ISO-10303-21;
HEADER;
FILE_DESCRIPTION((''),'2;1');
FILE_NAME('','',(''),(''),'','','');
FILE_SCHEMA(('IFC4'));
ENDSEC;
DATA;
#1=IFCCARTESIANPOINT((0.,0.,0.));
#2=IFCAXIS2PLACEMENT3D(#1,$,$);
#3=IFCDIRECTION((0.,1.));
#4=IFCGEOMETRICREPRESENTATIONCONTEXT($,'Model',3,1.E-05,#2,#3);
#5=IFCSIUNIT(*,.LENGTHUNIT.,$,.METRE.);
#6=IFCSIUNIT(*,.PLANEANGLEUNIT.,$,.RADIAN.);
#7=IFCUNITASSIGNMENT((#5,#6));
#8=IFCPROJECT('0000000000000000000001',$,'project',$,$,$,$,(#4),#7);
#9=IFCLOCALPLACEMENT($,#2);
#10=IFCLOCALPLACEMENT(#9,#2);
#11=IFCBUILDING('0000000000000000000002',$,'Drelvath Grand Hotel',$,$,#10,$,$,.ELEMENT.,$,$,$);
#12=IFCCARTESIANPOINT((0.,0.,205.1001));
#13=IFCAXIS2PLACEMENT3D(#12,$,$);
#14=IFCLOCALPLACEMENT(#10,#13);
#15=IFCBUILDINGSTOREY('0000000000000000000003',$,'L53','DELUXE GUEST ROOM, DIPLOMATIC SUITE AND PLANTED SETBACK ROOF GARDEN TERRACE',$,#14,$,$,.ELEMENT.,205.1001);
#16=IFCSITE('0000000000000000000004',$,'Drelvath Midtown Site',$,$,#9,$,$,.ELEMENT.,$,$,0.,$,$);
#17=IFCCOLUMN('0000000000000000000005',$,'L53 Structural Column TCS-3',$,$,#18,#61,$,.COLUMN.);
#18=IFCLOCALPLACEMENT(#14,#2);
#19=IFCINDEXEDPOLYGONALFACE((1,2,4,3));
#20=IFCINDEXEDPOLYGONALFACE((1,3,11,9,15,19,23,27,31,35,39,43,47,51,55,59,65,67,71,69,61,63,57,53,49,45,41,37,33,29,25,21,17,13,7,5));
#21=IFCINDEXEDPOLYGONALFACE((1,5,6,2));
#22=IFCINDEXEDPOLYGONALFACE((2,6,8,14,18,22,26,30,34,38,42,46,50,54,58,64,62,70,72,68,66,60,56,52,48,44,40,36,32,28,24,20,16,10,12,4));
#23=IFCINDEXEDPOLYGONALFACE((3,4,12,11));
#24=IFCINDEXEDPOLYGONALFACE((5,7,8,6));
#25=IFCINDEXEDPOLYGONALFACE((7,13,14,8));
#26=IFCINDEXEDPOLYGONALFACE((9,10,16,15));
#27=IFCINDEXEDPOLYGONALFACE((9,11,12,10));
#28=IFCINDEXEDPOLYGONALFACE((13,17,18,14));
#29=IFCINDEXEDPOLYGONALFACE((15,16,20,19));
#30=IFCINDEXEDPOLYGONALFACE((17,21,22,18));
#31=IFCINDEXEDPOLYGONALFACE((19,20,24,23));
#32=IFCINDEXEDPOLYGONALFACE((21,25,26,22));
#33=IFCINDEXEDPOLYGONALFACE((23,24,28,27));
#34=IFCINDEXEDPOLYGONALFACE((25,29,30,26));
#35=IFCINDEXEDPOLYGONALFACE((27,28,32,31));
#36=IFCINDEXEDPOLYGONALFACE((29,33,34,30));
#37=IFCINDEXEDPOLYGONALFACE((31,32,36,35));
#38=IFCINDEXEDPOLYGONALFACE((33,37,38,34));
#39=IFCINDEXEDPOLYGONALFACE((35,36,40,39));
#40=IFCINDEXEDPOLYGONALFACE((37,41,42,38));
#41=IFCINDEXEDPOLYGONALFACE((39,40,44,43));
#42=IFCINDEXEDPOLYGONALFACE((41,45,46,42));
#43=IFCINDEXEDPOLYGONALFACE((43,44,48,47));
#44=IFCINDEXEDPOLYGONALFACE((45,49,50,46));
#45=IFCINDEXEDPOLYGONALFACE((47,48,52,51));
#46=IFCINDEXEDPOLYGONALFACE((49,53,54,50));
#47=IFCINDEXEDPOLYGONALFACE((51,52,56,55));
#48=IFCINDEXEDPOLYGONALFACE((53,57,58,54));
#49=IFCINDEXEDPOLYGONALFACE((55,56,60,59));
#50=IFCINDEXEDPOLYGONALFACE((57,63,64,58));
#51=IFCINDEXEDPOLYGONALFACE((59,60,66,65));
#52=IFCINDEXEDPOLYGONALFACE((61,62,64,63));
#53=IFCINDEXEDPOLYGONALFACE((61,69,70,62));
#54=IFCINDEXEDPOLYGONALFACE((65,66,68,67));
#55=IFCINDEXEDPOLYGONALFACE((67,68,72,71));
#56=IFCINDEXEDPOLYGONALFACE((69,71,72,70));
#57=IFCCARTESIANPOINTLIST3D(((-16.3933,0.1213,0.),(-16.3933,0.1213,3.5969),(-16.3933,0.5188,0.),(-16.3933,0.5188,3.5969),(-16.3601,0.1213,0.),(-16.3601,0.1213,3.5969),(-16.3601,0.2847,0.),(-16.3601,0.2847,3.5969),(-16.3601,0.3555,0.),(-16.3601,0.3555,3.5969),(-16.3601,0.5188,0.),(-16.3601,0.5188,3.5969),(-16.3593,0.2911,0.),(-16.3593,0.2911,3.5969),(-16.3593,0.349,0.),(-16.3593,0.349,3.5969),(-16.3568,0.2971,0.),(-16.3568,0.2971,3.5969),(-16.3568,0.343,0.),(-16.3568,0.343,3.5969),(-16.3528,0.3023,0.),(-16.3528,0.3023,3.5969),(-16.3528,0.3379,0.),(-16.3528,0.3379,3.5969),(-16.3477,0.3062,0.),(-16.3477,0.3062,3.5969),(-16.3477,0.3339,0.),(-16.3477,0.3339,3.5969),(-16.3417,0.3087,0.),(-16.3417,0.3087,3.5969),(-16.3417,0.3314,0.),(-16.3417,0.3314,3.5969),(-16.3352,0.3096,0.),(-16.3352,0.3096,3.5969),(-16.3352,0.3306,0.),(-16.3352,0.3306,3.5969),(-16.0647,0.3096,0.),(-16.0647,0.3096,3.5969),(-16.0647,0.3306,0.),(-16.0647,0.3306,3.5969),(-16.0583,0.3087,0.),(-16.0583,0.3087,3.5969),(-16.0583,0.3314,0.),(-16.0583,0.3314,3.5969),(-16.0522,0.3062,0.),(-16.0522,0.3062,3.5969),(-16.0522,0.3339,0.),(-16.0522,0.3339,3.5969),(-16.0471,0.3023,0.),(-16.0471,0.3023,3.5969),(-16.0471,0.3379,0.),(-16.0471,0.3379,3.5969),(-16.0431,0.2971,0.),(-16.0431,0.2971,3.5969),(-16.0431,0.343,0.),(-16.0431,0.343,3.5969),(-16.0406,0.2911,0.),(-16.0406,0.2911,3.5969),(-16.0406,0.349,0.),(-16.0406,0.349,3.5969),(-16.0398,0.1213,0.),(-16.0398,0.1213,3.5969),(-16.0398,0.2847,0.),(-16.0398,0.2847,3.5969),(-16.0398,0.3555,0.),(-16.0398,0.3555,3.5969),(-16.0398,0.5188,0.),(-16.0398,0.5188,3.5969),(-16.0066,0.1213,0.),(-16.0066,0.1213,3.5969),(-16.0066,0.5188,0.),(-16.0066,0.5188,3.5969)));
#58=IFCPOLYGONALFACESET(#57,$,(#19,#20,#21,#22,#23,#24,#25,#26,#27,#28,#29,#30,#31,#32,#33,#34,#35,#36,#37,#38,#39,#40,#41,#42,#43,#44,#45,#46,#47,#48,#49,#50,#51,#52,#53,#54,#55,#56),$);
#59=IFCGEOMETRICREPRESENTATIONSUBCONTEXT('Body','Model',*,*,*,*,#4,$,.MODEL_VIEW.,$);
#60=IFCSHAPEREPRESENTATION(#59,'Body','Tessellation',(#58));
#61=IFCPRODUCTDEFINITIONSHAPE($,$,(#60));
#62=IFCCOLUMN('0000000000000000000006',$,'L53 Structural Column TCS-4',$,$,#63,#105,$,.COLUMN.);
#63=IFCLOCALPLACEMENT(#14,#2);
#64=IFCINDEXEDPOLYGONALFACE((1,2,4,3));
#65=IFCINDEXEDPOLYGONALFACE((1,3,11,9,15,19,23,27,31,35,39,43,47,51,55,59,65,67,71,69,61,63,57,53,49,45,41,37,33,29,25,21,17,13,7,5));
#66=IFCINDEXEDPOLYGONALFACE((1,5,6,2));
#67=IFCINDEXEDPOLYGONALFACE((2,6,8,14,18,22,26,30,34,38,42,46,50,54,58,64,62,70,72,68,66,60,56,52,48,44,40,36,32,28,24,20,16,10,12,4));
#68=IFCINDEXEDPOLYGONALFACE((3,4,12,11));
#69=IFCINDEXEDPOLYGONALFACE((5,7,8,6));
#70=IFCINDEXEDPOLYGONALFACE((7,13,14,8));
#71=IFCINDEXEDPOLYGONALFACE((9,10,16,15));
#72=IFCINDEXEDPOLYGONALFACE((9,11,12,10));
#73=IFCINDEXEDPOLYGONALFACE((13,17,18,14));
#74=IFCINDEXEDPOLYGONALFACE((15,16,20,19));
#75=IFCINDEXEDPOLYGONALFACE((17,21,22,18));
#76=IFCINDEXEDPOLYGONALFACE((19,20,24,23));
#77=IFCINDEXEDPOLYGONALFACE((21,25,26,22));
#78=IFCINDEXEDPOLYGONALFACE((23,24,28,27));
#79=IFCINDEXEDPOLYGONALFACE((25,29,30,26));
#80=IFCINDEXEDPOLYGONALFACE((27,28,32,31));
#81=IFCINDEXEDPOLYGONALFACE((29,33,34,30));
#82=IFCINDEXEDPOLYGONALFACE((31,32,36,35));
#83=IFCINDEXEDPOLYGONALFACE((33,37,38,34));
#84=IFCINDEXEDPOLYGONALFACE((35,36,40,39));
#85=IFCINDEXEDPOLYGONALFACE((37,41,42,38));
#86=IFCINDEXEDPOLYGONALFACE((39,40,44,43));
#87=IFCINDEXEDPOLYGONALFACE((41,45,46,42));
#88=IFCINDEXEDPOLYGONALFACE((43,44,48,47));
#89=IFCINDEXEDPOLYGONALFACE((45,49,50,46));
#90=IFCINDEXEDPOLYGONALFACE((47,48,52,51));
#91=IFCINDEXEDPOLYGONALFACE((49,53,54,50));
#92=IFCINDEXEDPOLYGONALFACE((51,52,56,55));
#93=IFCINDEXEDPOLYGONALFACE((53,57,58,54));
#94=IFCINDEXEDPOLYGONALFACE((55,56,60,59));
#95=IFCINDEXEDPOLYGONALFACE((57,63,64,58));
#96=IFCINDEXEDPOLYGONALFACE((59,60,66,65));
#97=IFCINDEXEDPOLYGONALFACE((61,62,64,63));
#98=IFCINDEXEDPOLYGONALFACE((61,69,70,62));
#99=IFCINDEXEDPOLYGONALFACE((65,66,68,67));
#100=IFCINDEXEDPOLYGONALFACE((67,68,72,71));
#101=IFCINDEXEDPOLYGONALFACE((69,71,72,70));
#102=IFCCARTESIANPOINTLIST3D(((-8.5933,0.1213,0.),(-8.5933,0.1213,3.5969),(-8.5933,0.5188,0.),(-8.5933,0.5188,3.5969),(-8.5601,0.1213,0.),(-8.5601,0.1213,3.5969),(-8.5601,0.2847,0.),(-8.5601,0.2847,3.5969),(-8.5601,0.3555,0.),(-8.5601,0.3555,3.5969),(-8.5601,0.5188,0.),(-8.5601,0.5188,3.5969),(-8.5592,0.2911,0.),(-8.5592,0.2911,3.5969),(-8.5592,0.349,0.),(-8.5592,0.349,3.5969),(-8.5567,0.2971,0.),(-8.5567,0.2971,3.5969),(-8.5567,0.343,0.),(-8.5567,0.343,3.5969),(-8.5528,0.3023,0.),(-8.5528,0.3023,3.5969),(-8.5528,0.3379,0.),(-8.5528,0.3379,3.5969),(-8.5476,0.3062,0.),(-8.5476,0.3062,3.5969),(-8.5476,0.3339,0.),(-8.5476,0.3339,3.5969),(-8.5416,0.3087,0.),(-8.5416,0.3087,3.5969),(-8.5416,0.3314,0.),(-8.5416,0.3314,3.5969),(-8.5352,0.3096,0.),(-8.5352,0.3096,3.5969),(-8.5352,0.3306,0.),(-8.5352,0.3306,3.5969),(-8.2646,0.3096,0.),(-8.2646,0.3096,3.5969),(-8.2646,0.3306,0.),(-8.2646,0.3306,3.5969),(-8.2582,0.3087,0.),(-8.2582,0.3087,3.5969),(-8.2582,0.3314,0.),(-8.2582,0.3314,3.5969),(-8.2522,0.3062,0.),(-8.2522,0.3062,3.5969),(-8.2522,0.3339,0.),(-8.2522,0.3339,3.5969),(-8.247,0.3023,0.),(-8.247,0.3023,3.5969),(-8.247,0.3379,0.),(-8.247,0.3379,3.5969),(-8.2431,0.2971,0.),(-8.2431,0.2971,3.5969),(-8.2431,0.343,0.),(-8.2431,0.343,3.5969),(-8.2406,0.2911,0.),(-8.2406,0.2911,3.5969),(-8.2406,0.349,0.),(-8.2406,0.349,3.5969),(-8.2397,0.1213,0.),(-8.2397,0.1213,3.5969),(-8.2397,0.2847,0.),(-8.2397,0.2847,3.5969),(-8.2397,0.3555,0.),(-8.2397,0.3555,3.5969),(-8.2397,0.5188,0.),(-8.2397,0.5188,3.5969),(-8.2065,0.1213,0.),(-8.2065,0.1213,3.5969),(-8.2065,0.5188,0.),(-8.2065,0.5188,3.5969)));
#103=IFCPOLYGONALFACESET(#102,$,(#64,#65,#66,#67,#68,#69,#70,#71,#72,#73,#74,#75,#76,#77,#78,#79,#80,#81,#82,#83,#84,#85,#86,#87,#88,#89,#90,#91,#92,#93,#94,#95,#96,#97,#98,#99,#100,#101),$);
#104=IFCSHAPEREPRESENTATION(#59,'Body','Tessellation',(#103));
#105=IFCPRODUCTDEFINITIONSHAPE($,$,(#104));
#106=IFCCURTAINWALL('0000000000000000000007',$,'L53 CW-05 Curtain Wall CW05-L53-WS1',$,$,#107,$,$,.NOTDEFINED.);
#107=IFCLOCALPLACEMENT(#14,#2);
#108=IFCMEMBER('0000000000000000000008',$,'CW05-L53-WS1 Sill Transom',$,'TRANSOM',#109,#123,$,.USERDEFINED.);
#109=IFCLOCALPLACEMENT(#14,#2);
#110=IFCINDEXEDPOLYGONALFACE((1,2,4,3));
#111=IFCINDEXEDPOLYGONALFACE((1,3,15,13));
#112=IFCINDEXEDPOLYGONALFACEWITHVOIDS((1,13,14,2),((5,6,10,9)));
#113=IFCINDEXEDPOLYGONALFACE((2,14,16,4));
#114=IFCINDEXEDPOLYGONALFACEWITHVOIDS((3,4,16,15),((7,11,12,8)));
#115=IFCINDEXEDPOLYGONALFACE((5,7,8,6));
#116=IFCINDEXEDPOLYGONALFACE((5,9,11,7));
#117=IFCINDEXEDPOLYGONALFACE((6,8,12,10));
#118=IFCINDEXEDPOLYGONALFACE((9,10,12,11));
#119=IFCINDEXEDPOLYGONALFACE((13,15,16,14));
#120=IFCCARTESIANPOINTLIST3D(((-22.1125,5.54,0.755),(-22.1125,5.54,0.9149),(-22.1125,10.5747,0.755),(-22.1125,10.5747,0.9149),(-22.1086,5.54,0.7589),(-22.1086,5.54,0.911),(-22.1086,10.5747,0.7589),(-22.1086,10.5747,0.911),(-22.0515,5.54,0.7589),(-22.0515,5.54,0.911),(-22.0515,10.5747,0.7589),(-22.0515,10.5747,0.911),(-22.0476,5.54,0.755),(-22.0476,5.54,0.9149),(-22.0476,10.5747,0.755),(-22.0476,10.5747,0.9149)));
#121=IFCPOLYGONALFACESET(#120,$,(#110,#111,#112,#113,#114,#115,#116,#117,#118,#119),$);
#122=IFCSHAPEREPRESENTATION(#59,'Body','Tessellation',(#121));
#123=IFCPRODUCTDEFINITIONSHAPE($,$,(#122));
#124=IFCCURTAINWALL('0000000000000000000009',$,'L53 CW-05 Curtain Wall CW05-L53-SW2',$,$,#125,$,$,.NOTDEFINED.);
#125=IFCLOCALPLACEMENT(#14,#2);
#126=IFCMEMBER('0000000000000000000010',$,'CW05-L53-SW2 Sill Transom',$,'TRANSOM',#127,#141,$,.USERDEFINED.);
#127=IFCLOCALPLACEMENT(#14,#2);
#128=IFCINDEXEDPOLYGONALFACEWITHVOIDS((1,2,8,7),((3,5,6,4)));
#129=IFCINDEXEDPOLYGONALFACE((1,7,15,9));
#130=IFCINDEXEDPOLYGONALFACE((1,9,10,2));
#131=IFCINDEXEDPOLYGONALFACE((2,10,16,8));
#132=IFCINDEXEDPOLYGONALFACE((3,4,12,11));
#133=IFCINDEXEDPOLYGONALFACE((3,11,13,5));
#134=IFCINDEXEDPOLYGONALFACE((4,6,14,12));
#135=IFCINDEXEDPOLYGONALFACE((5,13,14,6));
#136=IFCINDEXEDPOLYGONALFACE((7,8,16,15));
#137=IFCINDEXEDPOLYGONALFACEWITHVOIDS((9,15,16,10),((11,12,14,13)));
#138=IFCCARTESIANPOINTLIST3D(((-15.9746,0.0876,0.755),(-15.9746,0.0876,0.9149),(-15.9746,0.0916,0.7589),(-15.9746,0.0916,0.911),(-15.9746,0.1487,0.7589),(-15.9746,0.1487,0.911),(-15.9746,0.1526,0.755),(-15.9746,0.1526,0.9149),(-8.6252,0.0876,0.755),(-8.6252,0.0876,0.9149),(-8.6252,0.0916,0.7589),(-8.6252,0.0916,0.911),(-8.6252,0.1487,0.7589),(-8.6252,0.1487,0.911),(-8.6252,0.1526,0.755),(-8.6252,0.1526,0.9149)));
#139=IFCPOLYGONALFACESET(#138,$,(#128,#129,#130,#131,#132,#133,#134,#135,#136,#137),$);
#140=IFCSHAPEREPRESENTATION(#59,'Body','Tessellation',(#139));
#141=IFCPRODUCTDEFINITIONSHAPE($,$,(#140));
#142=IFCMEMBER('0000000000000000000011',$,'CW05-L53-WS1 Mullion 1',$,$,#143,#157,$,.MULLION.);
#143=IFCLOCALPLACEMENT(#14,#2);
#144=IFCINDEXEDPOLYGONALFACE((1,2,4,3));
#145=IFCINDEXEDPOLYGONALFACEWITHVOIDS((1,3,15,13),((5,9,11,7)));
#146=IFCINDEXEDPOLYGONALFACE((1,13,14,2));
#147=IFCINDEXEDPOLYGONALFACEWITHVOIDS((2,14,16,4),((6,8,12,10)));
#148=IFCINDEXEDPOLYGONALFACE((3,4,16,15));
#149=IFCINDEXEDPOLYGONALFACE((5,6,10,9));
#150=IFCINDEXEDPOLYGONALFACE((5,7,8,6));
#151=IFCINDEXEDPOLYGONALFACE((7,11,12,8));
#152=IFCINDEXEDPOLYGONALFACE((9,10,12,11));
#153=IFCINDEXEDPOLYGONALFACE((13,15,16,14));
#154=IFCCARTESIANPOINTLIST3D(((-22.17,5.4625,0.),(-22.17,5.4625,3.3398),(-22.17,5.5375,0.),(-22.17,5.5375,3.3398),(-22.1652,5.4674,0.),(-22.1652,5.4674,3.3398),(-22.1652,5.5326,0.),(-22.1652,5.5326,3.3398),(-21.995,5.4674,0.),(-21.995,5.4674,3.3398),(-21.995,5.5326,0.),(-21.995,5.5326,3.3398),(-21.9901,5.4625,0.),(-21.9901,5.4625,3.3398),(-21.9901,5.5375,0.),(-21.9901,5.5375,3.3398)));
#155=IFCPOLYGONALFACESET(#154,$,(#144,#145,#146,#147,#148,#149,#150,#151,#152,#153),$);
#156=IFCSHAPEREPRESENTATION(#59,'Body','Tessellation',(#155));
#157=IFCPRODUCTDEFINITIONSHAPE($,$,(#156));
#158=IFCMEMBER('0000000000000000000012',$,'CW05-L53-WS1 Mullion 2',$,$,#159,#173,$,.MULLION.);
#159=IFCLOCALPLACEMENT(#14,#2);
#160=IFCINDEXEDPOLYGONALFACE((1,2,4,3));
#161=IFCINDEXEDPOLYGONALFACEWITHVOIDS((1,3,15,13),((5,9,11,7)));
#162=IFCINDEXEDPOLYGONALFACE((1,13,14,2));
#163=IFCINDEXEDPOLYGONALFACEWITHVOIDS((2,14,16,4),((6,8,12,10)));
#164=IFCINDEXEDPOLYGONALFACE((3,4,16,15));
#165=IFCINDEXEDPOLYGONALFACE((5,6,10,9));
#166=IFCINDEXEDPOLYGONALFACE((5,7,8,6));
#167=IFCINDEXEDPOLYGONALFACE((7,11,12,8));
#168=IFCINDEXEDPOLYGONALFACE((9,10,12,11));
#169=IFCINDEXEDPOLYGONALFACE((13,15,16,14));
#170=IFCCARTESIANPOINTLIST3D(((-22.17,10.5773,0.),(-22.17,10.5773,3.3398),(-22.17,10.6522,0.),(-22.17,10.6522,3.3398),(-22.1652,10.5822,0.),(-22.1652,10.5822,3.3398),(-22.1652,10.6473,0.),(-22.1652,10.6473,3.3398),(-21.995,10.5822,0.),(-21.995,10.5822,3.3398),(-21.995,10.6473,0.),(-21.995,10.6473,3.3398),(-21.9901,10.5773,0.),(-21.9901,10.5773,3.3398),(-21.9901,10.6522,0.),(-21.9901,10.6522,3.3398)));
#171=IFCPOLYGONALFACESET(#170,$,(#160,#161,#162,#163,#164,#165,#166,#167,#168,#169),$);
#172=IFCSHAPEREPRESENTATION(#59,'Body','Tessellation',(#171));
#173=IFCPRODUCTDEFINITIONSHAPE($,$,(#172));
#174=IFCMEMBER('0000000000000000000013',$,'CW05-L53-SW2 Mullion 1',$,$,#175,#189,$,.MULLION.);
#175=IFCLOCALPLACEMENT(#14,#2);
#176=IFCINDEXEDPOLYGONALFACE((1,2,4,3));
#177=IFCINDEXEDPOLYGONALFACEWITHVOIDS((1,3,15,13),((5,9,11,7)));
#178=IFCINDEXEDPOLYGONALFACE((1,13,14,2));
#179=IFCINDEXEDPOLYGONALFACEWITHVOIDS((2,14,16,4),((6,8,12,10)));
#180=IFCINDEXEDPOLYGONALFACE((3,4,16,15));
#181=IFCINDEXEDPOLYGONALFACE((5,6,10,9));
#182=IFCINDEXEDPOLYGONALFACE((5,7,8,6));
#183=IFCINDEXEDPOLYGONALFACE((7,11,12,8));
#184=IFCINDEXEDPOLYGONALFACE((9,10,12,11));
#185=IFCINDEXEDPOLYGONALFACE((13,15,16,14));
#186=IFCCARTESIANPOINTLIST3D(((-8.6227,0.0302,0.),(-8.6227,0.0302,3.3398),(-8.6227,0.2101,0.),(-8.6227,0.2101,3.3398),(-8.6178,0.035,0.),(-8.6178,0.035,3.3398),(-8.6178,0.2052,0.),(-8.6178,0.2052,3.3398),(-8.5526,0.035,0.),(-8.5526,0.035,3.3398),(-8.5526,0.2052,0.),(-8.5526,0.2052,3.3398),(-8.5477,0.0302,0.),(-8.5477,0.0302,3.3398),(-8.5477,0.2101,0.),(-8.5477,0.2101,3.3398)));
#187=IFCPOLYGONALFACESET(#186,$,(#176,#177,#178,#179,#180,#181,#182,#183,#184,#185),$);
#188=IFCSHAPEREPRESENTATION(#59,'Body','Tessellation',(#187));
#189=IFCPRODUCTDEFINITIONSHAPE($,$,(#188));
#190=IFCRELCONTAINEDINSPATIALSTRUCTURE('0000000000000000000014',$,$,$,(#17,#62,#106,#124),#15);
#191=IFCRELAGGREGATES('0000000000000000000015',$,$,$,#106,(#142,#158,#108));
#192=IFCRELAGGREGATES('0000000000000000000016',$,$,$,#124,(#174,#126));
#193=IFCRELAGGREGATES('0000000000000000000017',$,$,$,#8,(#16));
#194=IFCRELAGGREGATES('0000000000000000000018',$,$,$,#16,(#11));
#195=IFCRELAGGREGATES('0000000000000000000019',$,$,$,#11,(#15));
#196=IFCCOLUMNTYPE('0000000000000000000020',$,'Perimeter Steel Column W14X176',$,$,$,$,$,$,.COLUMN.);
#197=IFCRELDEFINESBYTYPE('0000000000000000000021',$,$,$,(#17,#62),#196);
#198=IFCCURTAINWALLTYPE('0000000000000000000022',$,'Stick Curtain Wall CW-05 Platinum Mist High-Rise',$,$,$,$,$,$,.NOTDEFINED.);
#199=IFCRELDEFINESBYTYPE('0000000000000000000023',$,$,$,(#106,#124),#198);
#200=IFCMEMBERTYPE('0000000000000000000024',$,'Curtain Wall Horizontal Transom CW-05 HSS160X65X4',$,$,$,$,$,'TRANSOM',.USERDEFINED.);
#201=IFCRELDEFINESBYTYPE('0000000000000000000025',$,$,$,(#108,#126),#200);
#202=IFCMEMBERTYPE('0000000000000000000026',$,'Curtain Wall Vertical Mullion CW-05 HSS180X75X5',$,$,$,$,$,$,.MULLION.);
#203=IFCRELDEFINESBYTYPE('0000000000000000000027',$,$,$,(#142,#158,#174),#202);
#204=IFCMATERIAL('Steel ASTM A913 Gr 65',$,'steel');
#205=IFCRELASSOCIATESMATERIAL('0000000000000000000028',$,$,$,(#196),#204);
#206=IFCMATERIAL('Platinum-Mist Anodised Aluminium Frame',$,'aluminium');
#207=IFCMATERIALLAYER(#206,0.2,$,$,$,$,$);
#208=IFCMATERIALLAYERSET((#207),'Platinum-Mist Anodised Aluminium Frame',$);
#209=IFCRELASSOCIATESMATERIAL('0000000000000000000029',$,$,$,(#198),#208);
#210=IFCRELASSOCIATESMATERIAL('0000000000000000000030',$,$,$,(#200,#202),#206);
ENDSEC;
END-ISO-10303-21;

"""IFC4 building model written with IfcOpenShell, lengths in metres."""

from ifc_helpers import new_model, si_unit, direction, frame, origin, origin_2d, place, context, subcontext, project, spatial, hollow_rectangle, i_section, extrude, material, layer, layer_set, material_profile, profile_set, type_object, element, aggregate, save


model = new_model("IFC4")

# Units and contexts
model_context = context("Model", 3, precision=1e-05, world=origin(), true_north=direction((0.0, 1.0)))
body_context = subcontext(model_context, "Body", "Model", "MODEL_VIEW")
ifc_project = project(units=[si_unit("LENGTHUNIT", "METRE"), si_unit("PLANEANGLEUNIT", "RADIAN")], contexts=[model_context])

# Site, building, storey
site_placement = place(None, origin())
site = spatial("IfcSite", under=ifc_project, at=site_placement, Name="Drelvath Midtown Site", CompositionType="ELEMENT", RefElevation=0.0)
building_placement = place(site_placement, origin())
building = spatial("IfcBuilding", under=site, at=building_placement, Name="Drelvath Grand Hotel", CompositionType="ELEMENT")
storey_placement = place(building_placement, frame((0.0, 0.0, 205.1001)))
storey = spatial("IfcBuildingStorey", under=building, at=storey_placement, Name="L53", Description="DELUXE GUEST ROOM, DIPLOMATIC SUITE AND PLANTED SETBACK ROOF GARDEN TERRACE", CompositionType="ELEMENT", Elevation=205.1001)

# Columns
ifc_material_1 = material(Name="Steel ASTM A913 Gr 65", Category="steel")
ifc_material_profile_1 = material_profile(ifc_material_1, i_section(OverallWidth=0.3975, OverallDepth=0.3867, WebThickness=0.021, FlangeThickness=0.0332, FilletRadius=0.0249, at=origin_2d()), Name="W14X176")
ifc_profile_set_1 = profile_set([ifc_material_profile_1], Name="Steel ASTM A913 Gr 65")
column_type = type_object("IfcColumnType", Name="Perimeter Steel Column W14X176", PredefinedType="COLUMN", material=ifc_profile_set_1)
for number, where, z_axis, x_axis, name in (
    (1, (-16.2, 0.3201, 0.0), (0.0, 0.0, 1.0), (0.0, 1.0, 0.0), "L53 Structural Column TCS-3"),
    (2, (-8.3999, 0.3201, 0.0), (0.0, 0.0, 1.0), (0.0, 1.0, 0.0), "L53 Structural Column TCS-4"),
):
    element("IfcColumn", number, at=place(storey_placement, frame(where, z_axis=z_axis, x_axis=x_axis)), inside=storey, type_object=column_type, Name=name, PredefinedType="COLUMN", context=body_context, shape_type="SweptSolid", body=[
        extrude(i_section(OverallWidth=0.3975, OverallDepth=0.3867, WebThickness=0.021, FlangeThickness=0.0332, FilletRadius=0.0249, at=origin_2d()), origin(), (0.0, 0.0, 1.0), 3.5969),
    ])

# Curtain walls, members
ifc_material_2 = material(Name="Platinum-Mist Anodised Aluminium Frame", Category="aluminium")
ifc_layer_1 = layer(ifc_material_2, 0.2)
ifc_layer_set_1 = layer_set([ifc_layer_1], Name="Platinum-Mist Anodised Aluminium Frame")
curtain_wall_type = type_object("IfcCurtainWallType", Name="Stick Curtain Wall CW-05 Platinum Mist High-Rise", PredefinedType="NOTDEFINED", material=ifc_layer_set_1)
curtain_wall_1_placement = place(storey_placement, origin())
curtain_wall_1 = element("IfcCurtainWall", 3, at=curtain_wall_1_placement, inside=storey, type_object=curtain_wall_type, Name="L53 CW-05 Curtain Wall CW05-L53-WS1", PredefinedType="NOTDEFINED")
ifc_material_profile_2 = material_profile(ifc_material_2, hollow_rectangle(XDim=0.0649, YDim=0.1599, WallThickness=0.0039, at=origin_2d()), Name="HSS160X65X4")
ifc_profile_set_2 = profile_set([ifc_material_profile_2], Name="Platinum-Mist Anodised Aluminium Frame")
member_type_1 = type_object("IfcMemberType", Name="Curtain Wall Horizontal Transom CW-05 HSS160X65X4", ElementType="TRANSOM", PredefinedType="USERDEFINED", material=ifc_profile_set_2)
member_1_placement = place(storey_placement, frame((-22.0801, 5.54, 0.835), z_axis=(0.0, 1.0, 0.0), x_axis=(-1.0, 0.0, 0.0)))
member_1 = element("IfcMember", 4, at=member_1_placement, type_object=member_type_1, Name="CW05-L53-WS1 Sill Transom", ObjectType="TRANSOM", PredefinedType="USERDEFINED", context=body_context, shape_type="SweptSolid", body=[
    extrude(hollow_rectangle(XDim=0.0649, YDim=0.1599, WallThickness=0.0039, at=origin_2d()), origin(), (0.0, 0.0, 1.0), 5.0347),
])
curtain_wall_2_placement = place(storey_placement, origin())
curtain_wall_2 = element("IfcCurtainWall", 5, at=curtain_wall_2_placement, inside=storey, type_object=curtain_wall_type, Name="L53 CW-05 Curtain Wall CW05-L53-SW2", PredefinedType="NOTDEFINED")
member_2_placement = place(storey_placement, frame((-8.6252, 0.1201, 0.835), z_axis=(-1.0, 0.0, 0.0), x_axis=(0.0, -1.0, 0.0)))
member_2 = element("IfcMember", 6, at=member_2_placement, type_object=member_type_1, Name="CW05-L53-SW2 Sill Transom", ObjectType="TRANSOM", PredefinedType="USERDEFINED", context=body_context, shape_type="SweptSolid", body=[
    extrude(hollow_rectangle(XDim=0.0649, YDim=0.1599, WallThickness=0.0039, at=origin_2d()), origin(), (0.0, 0.0, 1.0), 7.3494),
])

# Members
ifc_material_profile_3 = material_profile(ifc_material_2, hollow_rectangle(XDim=0.075, YDim=0.1799, WallThickness=0.0049, at=origin_2d()), Name="HSS180X75X5")
ifc_profile_set_3 = profile_set([ifc_material_profile_3], Name="Platinum-Mist Anodised Aluminium Frame")
member_type_2 = type_object("IfcMemberType", Name="Curtain Wall Vertical Mullion CW-05 HSS180X75X5", PredefinedType="MULLION", material=ifc_profile_set_3)
member_3_placement = place(storey_placement, frame((-22.0801, 5.5, 0.0), z_axis=(0.0, 0.0, 1.0), x_axis=(0.0, 1.0, 0.0)))
member_3 = element("IfcMember", 7, at=member_3_placement, type_object=member_type_2, Name="CW05-L53-WS1 Mullion 1", PredefinedType="MULLION", context=body_context, shape_type="SweptSolid", body=[
    extrude(hollow_rectangle(XDim=0.075, YDim=0.1799, WallThickness=0.0049, at=origin_2d()), origin(), (0.0, 0.0, 1.0), 3.3398),
])
member_4_placement = place(storey_placement, frame((-22.0801, 10.6147, 0.0), z_axis=(0.0, 0.0, 1.0), x_axis=(0.0, 1.0, 0.0)))
member_4 = element("IfcMember", 8, at=member_4_placement, type_object=member_type_2, Name="CW05-L53-WS1 Mullion 2", PredefinedType="MULLION", context=body_context, shape_type="SweptSolid", body=[
    extrude(hollow_rectangle(XDim=0.075, YDim=0.1799, WallThickness=0.0049, at=origin_2d()), origin(), (0.0, 0.0, 1.0), 3.3398),
])
member_5_placement = place(storey_placement, frame((-8.5852, 0.1201, 0.0), z_axis=(0.0, 0.0, 1.0), x_axis=(1.0, 0.0, 0.0)))
member_5 = element("IfcMember", 9, at=member_5_placement, type_object=member_type_2, Name="CW05-L53-SW2 Mullion 1", PredefinedType="MULLION", context=body_context, shape_type="SweptSolid", body=[
    extrude(hollow_rectangle(XDim=0.075, YDim=0.1799, WallThickness=0.0049, at=origin_2d()), origin(), (0.0, 0.0, 1.0), 3.3398),
])

aggregate(curtain_wall_1, [member_3, member_4, member_1])
aggregate(curtain_wall_2, [member_5, member_2])

save(model, "model.ifc")
